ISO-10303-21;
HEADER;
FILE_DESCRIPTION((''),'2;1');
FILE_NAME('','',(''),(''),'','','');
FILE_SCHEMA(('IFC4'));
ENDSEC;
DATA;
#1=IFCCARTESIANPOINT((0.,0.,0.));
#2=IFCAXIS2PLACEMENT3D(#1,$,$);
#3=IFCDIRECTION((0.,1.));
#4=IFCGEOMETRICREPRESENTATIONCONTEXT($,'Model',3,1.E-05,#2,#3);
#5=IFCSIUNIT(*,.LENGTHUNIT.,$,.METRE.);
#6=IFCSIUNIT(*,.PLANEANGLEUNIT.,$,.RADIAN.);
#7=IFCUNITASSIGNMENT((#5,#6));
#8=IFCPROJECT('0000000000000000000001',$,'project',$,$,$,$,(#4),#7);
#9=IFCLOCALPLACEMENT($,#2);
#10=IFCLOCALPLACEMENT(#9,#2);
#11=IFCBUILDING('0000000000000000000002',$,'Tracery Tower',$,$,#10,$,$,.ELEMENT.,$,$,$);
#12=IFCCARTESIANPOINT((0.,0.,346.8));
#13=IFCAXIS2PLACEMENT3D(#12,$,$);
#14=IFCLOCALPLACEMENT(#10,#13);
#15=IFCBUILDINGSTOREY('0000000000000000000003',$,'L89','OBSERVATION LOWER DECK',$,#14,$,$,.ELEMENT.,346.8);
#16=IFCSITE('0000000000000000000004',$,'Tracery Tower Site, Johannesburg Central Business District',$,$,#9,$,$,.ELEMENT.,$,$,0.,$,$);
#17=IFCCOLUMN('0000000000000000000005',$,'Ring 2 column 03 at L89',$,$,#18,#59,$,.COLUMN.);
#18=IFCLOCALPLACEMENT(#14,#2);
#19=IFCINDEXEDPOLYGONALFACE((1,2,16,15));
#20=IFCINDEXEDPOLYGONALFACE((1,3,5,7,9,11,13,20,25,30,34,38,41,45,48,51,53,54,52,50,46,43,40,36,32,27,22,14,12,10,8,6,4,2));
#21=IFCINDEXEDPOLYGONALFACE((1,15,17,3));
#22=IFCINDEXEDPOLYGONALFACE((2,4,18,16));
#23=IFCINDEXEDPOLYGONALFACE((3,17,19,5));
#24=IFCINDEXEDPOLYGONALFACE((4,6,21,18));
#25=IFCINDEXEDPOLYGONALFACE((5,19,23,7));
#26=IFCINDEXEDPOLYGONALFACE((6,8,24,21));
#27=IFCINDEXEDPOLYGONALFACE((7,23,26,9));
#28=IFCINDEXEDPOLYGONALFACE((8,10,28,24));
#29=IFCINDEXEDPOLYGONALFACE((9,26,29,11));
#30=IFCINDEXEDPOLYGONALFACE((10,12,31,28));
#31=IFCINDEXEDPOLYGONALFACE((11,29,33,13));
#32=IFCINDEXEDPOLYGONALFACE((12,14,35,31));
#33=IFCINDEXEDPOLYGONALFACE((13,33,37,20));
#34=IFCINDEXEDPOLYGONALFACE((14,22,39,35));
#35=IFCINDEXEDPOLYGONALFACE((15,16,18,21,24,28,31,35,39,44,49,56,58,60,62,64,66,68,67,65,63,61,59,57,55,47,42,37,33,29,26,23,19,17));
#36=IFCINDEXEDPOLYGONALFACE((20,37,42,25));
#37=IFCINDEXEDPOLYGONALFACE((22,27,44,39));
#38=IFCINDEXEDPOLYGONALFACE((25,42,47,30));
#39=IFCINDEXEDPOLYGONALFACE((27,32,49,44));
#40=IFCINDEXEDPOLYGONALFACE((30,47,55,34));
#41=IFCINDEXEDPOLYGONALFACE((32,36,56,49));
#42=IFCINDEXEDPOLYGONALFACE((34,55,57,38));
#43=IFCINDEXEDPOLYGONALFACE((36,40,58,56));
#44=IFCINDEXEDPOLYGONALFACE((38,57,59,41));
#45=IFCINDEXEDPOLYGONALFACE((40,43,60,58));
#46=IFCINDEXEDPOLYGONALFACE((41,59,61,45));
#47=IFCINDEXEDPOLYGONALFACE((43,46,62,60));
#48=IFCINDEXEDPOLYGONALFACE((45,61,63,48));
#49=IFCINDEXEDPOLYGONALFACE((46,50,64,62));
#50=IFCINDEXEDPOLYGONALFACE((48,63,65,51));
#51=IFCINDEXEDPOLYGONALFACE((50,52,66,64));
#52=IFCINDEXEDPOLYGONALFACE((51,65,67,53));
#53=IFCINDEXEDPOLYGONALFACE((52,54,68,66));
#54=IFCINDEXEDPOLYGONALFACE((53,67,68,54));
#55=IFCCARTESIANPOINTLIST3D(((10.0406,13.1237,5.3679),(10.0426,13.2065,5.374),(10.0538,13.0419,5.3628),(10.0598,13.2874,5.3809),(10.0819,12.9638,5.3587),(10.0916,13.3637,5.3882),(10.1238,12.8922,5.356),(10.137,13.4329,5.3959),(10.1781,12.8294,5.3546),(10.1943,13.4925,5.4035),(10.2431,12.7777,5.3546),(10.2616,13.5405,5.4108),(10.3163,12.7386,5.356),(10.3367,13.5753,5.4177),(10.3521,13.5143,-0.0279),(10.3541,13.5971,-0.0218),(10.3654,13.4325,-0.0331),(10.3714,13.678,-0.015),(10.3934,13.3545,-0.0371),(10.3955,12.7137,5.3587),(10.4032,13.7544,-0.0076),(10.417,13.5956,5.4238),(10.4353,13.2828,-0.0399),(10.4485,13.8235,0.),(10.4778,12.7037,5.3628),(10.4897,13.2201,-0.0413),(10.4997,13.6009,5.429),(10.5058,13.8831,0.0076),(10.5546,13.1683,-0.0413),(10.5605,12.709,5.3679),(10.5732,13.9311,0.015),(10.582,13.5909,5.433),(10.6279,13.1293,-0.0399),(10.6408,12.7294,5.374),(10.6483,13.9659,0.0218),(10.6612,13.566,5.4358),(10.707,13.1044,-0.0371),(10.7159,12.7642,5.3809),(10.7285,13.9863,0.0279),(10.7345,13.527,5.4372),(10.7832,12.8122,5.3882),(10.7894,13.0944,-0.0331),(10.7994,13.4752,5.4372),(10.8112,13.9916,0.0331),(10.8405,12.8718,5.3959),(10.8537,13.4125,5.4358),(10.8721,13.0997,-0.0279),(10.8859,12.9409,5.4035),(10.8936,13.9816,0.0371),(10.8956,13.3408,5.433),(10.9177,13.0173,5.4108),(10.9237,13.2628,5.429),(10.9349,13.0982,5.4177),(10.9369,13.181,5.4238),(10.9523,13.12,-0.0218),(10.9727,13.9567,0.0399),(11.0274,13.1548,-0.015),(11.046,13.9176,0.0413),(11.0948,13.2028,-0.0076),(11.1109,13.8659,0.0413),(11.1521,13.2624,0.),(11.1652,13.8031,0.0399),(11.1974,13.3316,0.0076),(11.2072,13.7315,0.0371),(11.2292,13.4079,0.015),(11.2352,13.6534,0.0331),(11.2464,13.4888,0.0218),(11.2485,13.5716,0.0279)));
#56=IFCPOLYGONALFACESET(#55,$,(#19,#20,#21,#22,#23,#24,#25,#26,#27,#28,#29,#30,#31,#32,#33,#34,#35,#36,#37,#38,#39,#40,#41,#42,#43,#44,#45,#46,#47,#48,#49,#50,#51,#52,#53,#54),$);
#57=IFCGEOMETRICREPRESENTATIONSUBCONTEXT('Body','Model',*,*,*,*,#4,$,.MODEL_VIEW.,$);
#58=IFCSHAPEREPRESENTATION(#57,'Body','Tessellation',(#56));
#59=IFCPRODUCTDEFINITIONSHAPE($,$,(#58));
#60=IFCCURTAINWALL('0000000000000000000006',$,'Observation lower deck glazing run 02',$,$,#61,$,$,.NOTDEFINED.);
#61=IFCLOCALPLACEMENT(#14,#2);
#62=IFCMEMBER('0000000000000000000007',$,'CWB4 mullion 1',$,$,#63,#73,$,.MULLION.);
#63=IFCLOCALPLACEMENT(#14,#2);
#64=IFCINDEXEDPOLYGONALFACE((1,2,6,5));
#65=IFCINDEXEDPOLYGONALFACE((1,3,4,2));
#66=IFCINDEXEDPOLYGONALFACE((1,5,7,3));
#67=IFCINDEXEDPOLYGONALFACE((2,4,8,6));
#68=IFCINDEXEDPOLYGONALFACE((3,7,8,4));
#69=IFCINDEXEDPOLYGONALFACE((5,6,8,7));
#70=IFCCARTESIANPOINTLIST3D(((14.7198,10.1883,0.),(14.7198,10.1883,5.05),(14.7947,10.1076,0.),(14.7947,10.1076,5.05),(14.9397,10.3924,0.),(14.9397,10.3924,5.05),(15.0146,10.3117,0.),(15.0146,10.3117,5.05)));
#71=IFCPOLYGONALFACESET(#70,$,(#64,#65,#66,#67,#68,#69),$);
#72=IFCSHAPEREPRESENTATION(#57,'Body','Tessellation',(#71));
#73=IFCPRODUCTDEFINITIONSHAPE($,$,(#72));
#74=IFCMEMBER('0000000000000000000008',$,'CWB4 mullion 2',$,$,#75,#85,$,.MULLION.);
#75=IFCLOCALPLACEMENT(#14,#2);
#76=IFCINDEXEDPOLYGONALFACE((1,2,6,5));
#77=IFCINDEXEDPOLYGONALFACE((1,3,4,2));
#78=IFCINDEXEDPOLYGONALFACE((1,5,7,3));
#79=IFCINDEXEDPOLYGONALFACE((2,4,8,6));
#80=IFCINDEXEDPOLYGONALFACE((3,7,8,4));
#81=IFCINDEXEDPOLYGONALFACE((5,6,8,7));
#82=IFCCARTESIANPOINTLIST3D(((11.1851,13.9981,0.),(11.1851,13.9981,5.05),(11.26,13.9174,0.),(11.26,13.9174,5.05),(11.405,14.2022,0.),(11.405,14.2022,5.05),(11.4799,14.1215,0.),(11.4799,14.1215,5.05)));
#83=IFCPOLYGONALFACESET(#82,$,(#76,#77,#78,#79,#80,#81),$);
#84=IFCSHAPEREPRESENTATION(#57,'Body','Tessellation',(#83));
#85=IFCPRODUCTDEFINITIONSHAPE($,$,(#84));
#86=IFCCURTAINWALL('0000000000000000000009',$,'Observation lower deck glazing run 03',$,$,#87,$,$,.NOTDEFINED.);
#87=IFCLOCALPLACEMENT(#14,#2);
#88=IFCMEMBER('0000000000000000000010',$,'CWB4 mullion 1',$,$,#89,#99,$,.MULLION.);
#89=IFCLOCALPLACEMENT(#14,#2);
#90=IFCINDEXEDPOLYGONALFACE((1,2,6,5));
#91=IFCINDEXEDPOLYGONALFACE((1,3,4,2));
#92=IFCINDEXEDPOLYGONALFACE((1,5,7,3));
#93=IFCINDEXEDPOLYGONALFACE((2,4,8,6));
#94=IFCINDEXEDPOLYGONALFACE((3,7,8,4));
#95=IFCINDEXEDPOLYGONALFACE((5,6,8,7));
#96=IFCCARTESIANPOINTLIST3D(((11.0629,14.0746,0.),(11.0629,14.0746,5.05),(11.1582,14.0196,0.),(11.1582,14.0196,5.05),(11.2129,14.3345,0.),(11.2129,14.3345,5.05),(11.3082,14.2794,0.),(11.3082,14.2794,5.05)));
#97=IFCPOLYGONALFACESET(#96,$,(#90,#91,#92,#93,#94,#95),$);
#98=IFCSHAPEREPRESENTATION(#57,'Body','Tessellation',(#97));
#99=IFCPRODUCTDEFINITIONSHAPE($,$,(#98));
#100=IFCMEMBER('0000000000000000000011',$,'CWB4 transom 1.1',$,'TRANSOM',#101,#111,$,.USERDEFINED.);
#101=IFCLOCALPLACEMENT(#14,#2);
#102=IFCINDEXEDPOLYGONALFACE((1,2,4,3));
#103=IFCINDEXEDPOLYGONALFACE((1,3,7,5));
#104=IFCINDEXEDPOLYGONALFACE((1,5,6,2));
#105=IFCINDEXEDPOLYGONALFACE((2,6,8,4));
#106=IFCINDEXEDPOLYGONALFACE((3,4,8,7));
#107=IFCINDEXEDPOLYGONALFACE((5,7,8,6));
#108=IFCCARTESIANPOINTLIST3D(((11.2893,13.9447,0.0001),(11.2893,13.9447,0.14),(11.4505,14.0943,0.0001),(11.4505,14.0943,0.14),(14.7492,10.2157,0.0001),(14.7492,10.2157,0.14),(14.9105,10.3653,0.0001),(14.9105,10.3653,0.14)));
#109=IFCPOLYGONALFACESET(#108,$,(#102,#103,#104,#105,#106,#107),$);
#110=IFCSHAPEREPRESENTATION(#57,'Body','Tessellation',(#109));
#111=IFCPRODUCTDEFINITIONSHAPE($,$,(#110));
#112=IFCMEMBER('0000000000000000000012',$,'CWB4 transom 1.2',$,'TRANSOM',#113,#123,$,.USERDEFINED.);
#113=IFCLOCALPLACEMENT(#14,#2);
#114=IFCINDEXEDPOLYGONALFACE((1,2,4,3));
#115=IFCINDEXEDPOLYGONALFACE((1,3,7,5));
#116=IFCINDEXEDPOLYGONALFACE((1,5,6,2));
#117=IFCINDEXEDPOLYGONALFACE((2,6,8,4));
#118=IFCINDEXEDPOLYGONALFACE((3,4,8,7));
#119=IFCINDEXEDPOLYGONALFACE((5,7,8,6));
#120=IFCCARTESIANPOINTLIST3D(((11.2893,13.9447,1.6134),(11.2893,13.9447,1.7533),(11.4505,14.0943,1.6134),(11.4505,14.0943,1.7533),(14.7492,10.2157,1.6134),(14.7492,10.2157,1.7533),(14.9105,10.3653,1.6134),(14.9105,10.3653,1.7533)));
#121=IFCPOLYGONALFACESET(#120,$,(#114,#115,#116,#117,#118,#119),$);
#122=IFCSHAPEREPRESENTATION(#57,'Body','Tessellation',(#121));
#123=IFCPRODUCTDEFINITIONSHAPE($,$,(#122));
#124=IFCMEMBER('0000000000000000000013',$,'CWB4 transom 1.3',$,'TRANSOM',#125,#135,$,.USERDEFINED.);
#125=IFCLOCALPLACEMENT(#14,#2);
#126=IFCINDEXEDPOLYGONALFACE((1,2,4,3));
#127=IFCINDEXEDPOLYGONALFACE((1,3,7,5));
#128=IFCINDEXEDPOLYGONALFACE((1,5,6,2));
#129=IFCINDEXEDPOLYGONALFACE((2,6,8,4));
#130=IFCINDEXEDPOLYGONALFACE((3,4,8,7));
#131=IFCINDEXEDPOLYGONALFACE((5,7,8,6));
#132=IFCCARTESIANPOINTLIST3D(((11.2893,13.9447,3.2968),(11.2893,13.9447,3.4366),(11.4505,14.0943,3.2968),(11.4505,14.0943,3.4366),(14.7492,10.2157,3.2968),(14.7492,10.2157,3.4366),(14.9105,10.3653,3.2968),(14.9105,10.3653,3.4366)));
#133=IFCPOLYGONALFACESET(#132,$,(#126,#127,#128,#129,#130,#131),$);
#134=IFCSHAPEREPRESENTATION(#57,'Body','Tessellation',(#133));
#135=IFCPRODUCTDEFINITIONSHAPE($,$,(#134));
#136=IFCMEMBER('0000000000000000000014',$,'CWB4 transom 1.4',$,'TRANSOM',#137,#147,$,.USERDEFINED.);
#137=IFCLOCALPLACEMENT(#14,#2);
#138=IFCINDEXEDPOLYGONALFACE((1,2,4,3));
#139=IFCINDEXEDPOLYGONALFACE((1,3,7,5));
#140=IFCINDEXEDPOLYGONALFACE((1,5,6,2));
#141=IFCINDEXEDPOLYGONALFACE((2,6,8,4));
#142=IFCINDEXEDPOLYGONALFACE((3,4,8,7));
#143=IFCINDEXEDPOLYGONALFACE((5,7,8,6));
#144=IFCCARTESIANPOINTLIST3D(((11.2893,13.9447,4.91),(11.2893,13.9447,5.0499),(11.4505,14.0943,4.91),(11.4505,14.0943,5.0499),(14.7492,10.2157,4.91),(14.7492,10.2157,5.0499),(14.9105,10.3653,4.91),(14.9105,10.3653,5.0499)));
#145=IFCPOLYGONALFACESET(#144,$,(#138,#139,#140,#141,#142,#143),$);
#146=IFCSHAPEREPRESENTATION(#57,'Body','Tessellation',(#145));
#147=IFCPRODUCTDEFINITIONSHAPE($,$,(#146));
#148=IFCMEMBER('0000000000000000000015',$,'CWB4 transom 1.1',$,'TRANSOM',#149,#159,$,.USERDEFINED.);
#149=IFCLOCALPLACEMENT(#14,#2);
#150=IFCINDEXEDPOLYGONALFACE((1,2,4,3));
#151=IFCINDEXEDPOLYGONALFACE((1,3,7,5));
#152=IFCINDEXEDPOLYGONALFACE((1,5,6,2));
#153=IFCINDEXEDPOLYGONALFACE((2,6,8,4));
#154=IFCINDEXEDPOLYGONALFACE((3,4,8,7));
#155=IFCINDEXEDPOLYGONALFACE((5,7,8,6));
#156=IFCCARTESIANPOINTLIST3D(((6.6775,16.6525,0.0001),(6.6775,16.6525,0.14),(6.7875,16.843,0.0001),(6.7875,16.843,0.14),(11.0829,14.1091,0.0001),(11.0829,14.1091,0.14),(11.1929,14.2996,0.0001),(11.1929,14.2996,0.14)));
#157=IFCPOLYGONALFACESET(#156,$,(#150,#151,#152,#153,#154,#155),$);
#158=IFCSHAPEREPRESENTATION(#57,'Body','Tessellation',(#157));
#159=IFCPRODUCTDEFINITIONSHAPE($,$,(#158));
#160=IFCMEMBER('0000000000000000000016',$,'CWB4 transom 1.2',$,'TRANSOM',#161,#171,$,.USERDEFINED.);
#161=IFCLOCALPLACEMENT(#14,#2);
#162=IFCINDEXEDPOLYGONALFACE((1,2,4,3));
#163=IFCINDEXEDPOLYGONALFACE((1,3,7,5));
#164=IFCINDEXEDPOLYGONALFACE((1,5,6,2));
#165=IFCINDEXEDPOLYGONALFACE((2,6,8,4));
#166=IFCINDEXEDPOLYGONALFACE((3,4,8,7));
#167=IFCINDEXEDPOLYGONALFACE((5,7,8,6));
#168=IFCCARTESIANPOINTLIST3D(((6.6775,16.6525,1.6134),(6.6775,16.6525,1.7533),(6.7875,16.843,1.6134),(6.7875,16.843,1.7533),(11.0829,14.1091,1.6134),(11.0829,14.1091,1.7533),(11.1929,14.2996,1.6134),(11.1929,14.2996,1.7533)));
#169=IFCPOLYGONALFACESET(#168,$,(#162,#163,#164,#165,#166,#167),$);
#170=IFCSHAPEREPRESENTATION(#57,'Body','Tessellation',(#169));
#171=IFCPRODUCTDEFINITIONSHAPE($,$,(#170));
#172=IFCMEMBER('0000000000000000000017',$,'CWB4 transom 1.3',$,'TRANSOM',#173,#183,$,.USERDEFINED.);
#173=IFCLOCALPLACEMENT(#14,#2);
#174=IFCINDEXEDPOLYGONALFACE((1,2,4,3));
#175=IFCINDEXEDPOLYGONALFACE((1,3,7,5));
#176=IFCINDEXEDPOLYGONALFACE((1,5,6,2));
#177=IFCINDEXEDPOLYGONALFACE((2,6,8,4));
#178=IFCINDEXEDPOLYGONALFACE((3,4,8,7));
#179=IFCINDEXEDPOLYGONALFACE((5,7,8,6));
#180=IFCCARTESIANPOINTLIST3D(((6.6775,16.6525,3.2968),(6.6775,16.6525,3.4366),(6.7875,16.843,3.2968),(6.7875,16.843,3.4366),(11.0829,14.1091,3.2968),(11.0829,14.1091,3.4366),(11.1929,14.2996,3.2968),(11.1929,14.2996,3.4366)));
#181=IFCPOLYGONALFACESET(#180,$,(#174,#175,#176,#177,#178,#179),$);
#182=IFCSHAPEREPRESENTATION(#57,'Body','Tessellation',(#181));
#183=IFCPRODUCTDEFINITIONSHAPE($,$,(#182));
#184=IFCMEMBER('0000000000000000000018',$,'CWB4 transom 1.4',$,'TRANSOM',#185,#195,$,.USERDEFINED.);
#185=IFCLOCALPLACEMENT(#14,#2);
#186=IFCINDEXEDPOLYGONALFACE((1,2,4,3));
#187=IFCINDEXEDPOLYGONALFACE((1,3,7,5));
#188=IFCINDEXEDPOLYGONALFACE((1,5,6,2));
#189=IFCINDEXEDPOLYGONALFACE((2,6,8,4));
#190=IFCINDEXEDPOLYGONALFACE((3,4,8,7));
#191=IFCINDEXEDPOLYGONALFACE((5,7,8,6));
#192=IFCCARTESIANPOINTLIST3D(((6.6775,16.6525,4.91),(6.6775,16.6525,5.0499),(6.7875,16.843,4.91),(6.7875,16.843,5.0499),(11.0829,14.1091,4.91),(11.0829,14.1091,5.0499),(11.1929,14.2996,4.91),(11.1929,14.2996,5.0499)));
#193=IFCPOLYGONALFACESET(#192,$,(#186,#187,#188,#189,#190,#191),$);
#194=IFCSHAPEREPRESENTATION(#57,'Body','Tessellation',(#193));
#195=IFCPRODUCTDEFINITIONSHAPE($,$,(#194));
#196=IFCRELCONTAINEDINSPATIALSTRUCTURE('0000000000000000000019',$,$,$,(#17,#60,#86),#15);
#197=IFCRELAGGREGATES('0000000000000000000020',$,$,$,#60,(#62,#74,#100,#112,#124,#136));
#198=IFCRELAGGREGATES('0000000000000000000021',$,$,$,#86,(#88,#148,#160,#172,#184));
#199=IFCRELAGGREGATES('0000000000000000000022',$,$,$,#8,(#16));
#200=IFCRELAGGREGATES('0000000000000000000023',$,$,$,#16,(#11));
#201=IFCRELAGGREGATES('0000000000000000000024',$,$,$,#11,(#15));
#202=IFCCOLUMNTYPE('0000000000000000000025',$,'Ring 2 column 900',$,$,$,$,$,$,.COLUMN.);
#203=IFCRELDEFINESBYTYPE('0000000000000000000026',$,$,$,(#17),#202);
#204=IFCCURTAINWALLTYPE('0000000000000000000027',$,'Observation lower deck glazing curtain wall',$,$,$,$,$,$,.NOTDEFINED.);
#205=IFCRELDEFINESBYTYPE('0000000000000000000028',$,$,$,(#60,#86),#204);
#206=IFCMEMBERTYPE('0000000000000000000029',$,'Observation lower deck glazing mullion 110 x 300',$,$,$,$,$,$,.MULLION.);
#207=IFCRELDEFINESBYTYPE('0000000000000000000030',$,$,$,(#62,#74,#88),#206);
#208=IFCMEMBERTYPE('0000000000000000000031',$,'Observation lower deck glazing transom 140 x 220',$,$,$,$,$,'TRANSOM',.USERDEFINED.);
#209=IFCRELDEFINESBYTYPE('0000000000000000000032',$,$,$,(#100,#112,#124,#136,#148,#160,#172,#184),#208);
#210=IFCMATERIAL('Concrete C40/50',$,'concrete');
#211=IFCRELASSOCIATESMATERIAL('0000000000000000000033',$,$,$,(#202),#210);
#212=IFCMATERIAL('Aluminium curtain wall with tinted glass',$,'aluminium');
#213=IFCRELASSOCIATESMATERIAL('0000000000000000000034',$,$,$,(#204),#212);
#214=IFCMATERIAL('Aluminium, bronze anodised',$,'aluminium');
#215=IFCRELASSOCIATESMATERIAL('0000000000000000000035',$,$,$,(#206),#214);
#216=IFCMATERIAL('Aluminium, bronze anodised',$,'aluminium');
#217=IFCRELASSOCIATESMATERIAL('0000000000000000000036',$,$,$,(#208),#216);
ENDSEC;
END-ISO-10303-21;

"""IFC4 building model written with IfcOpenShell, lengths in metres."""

from ifc_helpers import new_model, si_unit, direction, frame, origin, origin_2d, place, context, subcontext, project, spatial, rectangle, circle, extrude, material, material_profile, profile_set, type_object, element, aggregate, save


model = new_model("IFC4")

# Units and contexts
model_context = context("Model", 3, precision=1e-05, world=origin(), true_north=direction((0.0, 1.0)))
body_context = subcontext(model_context, "Body", "Model", "MODEL_VIEW")
ifc_project = project(units=[si_unit("LENGTHUNIT", "METRE"), si_unit("PLANEANGLEUNIT", "RADIAN")], contexts=[model_context])

# Site, building, storey
site_placement = place(None, origin())
site = spatial("IfcSite", under=ifc_project, at=site_placement, Name="Tracery Tower Site, Johannesburg Central Business District", CompositionType="ELEMENT", RefElevation=0.0)
building_placement = place(site_placement, origin())
building = spatial("IfcBuilding", under=site, at=building_placement, Name="Tracery Tower", CompositionType="ELEMENT")
storey_placement = place(building_placement, frame((0.0, 0.0, 346.8)))
storey = spatial("IfcBuildingStorey", under=building, at=storey_placement, Name="L89", Description="OBSERVATION LOWER DECK", CompositionType="ELEMENT", Elevation=346.8)

# Column
ifc_material_1 = material(Name="Concrete C40/50", Category="concrete")
ifc_material_profile_1 = material_profile(ifc_material_1, circle(Radius=0.45, at=origin_2d()), Name="RC D900")
ifc_profile_set_1 = profile_set([ifc_material_profile_1], Name="Concrete C40/50")
column_type = type_object("IfcColumnType", Name="Ring 2 column 900", PredefinedType="COLUMN", material=ifc_profile_set_1)
column_placement = place(storey_placement, frame((10.8003, 13.543, 0.0), z_axis=(-0.057489, -0.072087, 0.99574), x_axis=(0.781821, -0.623503, 0.0)))
element("IfcColumn", 1, at=column_placement, inside=storey, type_object=column_type, Name="Ring 2 column 03 at L89", PredefinedType="COLUMN", context=body_context, shape_type="SweptSolid", body=[
    extrude(circle(Radius=0.45, at=origin_2d()), origin(), (0.0, 0.0, 1.0), 5.4189),
])

# Curtain wall, members
ifc_material_2 = material(Name="Aluminium curtain wall with tinted glass", Category="aluminium")
curtain_wall_type = type_object("IfcCurtainWallType", Name="Observation lower deck glazing curtain wall", PredefinedType="NOTDEFINED", material=ifc_material_2)
curtain_wall_1_placement = place(storey_placement, origin())
curtain_wall_1 = element("IfcCurtainWall", 2, at=curtain_wall_1_placement, inside=storey, type_object=curtain_wall_type, Name="Observation lower deck glazing run 02", PredefinedType="NOTDEFINED")
ifc_material_3 = material(Name="Aluminium, bronze anodised", Category="aluminium")
ifc_material_profile_2 = material_profile(ifc_material_3, rectangle(XDim=0.3, YDim=0.1101, at=origin_2d()), Name="Observation lower deck glazing mullion 110 x 300")
ifc_profile_set_2 = profile_set([ifc_material_profile_2], Name="Aluminium, bronze anodised")
member_type_1 = type_object("IfcMemberType", Name="Observation lower deck glazing mullion 110 x 300", PredefinedType="MULLION", material=ifc_profile_set_2)
member_1_placement = place(storey_placement, frame((14.8672, 10.25, 0.0), z_axis=(0.0, 0.0, 1.0), x_axis=(-0.733049, -0.680176, 0.0)))
member_1 = element("IfcMember", 3, at=member_1_placement, type_object=member_type_1, Name="CWB4 mullion 1", PredefinedType="MULLION", context=body_context, shape_type="SweptSolid", body=[
    extrude(rectangle(XDim=0.3, YDim=0.1101, at=origin_2d()), origin(), (0.0, 0.0, 1.0), 5.05),
])
member_2_placement = place(storey_placement, frame((11.3325, 14.0598, 0.0), z_axis=(0.0, 0.0, 1.0), x_axis=(-0.733049, -0.680176, 0.0)))
member_2 = element("IfcMember", 4, at=member_2_placement, type_object=member_type_1, Name="CWB4 mullion 2", PredefinedType="MULLION", context=body_context, shape_type="SweptSolid", body=[
    extrude(rectangle(XDim=0.3, YDim=0.1101, at=origin_2d()), origin(), (0.0, 0.0, 1.0), 5.05),
])

# Curtain wall, member
curtain_wall_2_placement = place(storey_placement, origin())
curtain_wall_2 = element("IfcCurtainWall", 5, at=curtain_wall_2_placement, inside=storey, type_object=curtain_wall_type, Name="Observation lower deck glazing run 03", PredefinedType="NOTDEFINED")
member_3_placement = place(storey_placement, frame((11.1855, 14.177, 0.0), z_axis=(0.0, 0.0, 1.0), x_axis=(-0.5, -0.866026, 0.0)))
member_3 = element("IfcMember", 6, at=member_3_placement, type_object=member_type_1, Name="CWB4 mullion 1", PredefinedType="MULLION", context=body_context, shape_type="SweptSolid", body=[
    extrude(rectangle(XDim=0.3, YDim=0.1101, at=origin_2d()), origin(), (0.0, 0.0, 1.0), 5.05),
])

# Members
ifc_material_4 = material(Name="Aluminium, bronze anodised", Category="aluminium")
ifc_material_profile_3 = material_profile(ifc_material_4, rectangle(XDim=0.22, YDim=0.1399, at=origin_2d()), Name="Observation lower deck glazing transom 140 x 220")
ifc_profile_set_3 = profile_set([ifc_material_profile_3], Name="Aluminium, bronze anodised")
member_type_2 = type_object("IfcMemberType", Name="Observation lower deck glazing transom 140 x 220", ElementType="TRANSOM", PredefinedType="USERDEFINED", material=ifc_profile_set_3)
member_4_placement = place(storey_placement, frame((14.8298, 10.2905, 0.0701), z_axis=(-0.680168, 0.733057, 0.0), x_axis=(-0.733057, -0.680168, 0.0)))
member_4 = element("IfcMember", 7, at=member_4_placement, type_object=member_type_2, Name="CWB4 transom 1.1", ObjectType="TRANSOM", PredefinedType="USERDEFINED", context=body_context, shape_type="SweptSolid", body=[
    extrude(rectangle(XDim=0.22, YDim=0.1399, at=origin_2d()), origin(), (0.0, 0.0, 1.0), 5.0869),
])
member_5_placement = place(storey_placement, frame((14.8298, 10.2905, 1.6833), z_axis=(-0.680168, 0.733057, 0.0), x_axis=(-0.733057, -0.680168, 0.0)))
member_5 = element("IfcMember", 8, at=member_5_placement, type_object=member_type_2, Name="CWB4 transom 1.2", ObjectType="TRANSOM", PredefinedType="USERDEFINED", context=body_context, shape_type="SweptSolid", body=[
    extrude(rectangle(XDim=0.22, YDim=0.1399, at=origin_2d()), origin(), (0.0, 0.0, 1.0), 5.0869),
])
member_6_placement = place(storey_placement, frame((14.8298, 10.2905, 3.3667), z_axis=(-0.680168, 0.733057, 0.0), x_axis=(-0.733057, -0.680168, 0.0)))
member_6 = element("IfcMember", 9, at=member_6_placement, type_object=member_type_2, Name="CWB4 transom 1.3", ObjectType="TRANSOM", PredefinedType="USERDEFINED", context=body_context, shape_type="SweptSolid", body=[
    extrude(rectangle(XDim=0.22, YDim=0.1399, at=origin_2d()), origin(), (0.0, 0.0, 1.0), 5.0869),
])
member_7_placement = place(storey_placement, frame((14.8298, 10.2905, 4.98), z_axis=(-0.680168, 0.733057, 0.0), x_axis=(-0.733057, -0.680168, 0.0)))
member_7 = element("IfcMember", 10, at=member_7_placement, type_object=member_type_2, Name="CWB4 transom 1.4", ObjectType="TRANSOM", PredefinedType="USERDEFINED", context=body_context, shape_type="SweptSolid", body=[
    extrude(rectangle(XDim=0.22, YDim=0.1399, at=origin_2d()), origin(), (0.0, 0.0, 1.0), 5.0869),
])
member_8_placement = place(storey_placement, frame((11.1379, 14.2043, 0.0701), z_axis=(-0.866031, 0.49999, 0.0), x_axis=(-0.49999, -0.866031, 0.0)))
member_8 = element("IfcMember", 11, at=member_8_placement, type_object=member_type_2, Name="CWB4 transom 1.1", ObjectType="TRANSOM", PredefinedType="USERDEFINED", context=body_context, shape_type="SweptSolid", body=[
    extrude(rectangle(XDim=0.22, YDim=0.1399, at=origin_2d()), origin(), (0.0, 0.0, 1.0), 5.0869),
])
member_9_placement = place(storey_placement, frame((11.1379, 14.2043, 1.6833), z_axis=(-0.866031, 0.49999, 0.0), x_axis=(-0.49999, -0.866031, 0.0)))
member_9 = element("IfcMember", 12, at=member_9_placement, type_object=member_type_2, Name="CWB4 transom 1.2", ObjectType="TRANSOM", PredefinedType="USERDEFINED", context=body_context, shape_type="SweptSolid", body=[
    extrude(rectangle(XDim=0.22, YDim=0.1399, at=origin_2d()), origin(), (0.0, 0.0, 1.0), 5.0869),
])
member_10_placement = place(storey_placement, frame((11.1379, 14.2043, 3.3667), z_axis=(-0.866031, 0.49999, 0.0), x_axis=(-0.49999, -0.866031, 0.0)))
member_10 = element("IfcMember", 13, at=member_10_placement, type_object=member_type_2, Name="CWB4 transom 1.3", ObjectType="TRANSOM", PredefinedType="USERDEFINED", context=body_context, shape_type="SweptSolid", body=[
    extrude(rectangle(XDim=0.22, YDim=0.1399, at=origin_2d()), origin(), (0.0, 0.0, 1.0), 5.0869),
])
member_11_placement = place(storey_placement, frame((11.1379, 14.2043, 4.98), z_axis=(-0.866031, 0.49999, 0.0), x_axis=(-0.49999, -0.866031, 0.0)))
member_11 = element("IfcMember", 14, at=member_11_placement, type_object=member_type_2, Name="CWB4 transom 1.4", ObjectType="TRANSOM", PredefinedType="USERDEFINED", context=body_context, shape_type="SweptSolid", body=[
    extrude(rectangle(XDim=0.22, YDim=0.1399, at=origin_2d()), origin(), (0.0, 0.0, 1.0), 5.0869),
])

aggregate(curtain_wall_1, [member_1, member_2, member_4, member_5, member_6, member_7])
aggregate(curtain_wall_2, [member_3, member_8, member_9, member_10, member_11])

save(model, "model.ifc")
